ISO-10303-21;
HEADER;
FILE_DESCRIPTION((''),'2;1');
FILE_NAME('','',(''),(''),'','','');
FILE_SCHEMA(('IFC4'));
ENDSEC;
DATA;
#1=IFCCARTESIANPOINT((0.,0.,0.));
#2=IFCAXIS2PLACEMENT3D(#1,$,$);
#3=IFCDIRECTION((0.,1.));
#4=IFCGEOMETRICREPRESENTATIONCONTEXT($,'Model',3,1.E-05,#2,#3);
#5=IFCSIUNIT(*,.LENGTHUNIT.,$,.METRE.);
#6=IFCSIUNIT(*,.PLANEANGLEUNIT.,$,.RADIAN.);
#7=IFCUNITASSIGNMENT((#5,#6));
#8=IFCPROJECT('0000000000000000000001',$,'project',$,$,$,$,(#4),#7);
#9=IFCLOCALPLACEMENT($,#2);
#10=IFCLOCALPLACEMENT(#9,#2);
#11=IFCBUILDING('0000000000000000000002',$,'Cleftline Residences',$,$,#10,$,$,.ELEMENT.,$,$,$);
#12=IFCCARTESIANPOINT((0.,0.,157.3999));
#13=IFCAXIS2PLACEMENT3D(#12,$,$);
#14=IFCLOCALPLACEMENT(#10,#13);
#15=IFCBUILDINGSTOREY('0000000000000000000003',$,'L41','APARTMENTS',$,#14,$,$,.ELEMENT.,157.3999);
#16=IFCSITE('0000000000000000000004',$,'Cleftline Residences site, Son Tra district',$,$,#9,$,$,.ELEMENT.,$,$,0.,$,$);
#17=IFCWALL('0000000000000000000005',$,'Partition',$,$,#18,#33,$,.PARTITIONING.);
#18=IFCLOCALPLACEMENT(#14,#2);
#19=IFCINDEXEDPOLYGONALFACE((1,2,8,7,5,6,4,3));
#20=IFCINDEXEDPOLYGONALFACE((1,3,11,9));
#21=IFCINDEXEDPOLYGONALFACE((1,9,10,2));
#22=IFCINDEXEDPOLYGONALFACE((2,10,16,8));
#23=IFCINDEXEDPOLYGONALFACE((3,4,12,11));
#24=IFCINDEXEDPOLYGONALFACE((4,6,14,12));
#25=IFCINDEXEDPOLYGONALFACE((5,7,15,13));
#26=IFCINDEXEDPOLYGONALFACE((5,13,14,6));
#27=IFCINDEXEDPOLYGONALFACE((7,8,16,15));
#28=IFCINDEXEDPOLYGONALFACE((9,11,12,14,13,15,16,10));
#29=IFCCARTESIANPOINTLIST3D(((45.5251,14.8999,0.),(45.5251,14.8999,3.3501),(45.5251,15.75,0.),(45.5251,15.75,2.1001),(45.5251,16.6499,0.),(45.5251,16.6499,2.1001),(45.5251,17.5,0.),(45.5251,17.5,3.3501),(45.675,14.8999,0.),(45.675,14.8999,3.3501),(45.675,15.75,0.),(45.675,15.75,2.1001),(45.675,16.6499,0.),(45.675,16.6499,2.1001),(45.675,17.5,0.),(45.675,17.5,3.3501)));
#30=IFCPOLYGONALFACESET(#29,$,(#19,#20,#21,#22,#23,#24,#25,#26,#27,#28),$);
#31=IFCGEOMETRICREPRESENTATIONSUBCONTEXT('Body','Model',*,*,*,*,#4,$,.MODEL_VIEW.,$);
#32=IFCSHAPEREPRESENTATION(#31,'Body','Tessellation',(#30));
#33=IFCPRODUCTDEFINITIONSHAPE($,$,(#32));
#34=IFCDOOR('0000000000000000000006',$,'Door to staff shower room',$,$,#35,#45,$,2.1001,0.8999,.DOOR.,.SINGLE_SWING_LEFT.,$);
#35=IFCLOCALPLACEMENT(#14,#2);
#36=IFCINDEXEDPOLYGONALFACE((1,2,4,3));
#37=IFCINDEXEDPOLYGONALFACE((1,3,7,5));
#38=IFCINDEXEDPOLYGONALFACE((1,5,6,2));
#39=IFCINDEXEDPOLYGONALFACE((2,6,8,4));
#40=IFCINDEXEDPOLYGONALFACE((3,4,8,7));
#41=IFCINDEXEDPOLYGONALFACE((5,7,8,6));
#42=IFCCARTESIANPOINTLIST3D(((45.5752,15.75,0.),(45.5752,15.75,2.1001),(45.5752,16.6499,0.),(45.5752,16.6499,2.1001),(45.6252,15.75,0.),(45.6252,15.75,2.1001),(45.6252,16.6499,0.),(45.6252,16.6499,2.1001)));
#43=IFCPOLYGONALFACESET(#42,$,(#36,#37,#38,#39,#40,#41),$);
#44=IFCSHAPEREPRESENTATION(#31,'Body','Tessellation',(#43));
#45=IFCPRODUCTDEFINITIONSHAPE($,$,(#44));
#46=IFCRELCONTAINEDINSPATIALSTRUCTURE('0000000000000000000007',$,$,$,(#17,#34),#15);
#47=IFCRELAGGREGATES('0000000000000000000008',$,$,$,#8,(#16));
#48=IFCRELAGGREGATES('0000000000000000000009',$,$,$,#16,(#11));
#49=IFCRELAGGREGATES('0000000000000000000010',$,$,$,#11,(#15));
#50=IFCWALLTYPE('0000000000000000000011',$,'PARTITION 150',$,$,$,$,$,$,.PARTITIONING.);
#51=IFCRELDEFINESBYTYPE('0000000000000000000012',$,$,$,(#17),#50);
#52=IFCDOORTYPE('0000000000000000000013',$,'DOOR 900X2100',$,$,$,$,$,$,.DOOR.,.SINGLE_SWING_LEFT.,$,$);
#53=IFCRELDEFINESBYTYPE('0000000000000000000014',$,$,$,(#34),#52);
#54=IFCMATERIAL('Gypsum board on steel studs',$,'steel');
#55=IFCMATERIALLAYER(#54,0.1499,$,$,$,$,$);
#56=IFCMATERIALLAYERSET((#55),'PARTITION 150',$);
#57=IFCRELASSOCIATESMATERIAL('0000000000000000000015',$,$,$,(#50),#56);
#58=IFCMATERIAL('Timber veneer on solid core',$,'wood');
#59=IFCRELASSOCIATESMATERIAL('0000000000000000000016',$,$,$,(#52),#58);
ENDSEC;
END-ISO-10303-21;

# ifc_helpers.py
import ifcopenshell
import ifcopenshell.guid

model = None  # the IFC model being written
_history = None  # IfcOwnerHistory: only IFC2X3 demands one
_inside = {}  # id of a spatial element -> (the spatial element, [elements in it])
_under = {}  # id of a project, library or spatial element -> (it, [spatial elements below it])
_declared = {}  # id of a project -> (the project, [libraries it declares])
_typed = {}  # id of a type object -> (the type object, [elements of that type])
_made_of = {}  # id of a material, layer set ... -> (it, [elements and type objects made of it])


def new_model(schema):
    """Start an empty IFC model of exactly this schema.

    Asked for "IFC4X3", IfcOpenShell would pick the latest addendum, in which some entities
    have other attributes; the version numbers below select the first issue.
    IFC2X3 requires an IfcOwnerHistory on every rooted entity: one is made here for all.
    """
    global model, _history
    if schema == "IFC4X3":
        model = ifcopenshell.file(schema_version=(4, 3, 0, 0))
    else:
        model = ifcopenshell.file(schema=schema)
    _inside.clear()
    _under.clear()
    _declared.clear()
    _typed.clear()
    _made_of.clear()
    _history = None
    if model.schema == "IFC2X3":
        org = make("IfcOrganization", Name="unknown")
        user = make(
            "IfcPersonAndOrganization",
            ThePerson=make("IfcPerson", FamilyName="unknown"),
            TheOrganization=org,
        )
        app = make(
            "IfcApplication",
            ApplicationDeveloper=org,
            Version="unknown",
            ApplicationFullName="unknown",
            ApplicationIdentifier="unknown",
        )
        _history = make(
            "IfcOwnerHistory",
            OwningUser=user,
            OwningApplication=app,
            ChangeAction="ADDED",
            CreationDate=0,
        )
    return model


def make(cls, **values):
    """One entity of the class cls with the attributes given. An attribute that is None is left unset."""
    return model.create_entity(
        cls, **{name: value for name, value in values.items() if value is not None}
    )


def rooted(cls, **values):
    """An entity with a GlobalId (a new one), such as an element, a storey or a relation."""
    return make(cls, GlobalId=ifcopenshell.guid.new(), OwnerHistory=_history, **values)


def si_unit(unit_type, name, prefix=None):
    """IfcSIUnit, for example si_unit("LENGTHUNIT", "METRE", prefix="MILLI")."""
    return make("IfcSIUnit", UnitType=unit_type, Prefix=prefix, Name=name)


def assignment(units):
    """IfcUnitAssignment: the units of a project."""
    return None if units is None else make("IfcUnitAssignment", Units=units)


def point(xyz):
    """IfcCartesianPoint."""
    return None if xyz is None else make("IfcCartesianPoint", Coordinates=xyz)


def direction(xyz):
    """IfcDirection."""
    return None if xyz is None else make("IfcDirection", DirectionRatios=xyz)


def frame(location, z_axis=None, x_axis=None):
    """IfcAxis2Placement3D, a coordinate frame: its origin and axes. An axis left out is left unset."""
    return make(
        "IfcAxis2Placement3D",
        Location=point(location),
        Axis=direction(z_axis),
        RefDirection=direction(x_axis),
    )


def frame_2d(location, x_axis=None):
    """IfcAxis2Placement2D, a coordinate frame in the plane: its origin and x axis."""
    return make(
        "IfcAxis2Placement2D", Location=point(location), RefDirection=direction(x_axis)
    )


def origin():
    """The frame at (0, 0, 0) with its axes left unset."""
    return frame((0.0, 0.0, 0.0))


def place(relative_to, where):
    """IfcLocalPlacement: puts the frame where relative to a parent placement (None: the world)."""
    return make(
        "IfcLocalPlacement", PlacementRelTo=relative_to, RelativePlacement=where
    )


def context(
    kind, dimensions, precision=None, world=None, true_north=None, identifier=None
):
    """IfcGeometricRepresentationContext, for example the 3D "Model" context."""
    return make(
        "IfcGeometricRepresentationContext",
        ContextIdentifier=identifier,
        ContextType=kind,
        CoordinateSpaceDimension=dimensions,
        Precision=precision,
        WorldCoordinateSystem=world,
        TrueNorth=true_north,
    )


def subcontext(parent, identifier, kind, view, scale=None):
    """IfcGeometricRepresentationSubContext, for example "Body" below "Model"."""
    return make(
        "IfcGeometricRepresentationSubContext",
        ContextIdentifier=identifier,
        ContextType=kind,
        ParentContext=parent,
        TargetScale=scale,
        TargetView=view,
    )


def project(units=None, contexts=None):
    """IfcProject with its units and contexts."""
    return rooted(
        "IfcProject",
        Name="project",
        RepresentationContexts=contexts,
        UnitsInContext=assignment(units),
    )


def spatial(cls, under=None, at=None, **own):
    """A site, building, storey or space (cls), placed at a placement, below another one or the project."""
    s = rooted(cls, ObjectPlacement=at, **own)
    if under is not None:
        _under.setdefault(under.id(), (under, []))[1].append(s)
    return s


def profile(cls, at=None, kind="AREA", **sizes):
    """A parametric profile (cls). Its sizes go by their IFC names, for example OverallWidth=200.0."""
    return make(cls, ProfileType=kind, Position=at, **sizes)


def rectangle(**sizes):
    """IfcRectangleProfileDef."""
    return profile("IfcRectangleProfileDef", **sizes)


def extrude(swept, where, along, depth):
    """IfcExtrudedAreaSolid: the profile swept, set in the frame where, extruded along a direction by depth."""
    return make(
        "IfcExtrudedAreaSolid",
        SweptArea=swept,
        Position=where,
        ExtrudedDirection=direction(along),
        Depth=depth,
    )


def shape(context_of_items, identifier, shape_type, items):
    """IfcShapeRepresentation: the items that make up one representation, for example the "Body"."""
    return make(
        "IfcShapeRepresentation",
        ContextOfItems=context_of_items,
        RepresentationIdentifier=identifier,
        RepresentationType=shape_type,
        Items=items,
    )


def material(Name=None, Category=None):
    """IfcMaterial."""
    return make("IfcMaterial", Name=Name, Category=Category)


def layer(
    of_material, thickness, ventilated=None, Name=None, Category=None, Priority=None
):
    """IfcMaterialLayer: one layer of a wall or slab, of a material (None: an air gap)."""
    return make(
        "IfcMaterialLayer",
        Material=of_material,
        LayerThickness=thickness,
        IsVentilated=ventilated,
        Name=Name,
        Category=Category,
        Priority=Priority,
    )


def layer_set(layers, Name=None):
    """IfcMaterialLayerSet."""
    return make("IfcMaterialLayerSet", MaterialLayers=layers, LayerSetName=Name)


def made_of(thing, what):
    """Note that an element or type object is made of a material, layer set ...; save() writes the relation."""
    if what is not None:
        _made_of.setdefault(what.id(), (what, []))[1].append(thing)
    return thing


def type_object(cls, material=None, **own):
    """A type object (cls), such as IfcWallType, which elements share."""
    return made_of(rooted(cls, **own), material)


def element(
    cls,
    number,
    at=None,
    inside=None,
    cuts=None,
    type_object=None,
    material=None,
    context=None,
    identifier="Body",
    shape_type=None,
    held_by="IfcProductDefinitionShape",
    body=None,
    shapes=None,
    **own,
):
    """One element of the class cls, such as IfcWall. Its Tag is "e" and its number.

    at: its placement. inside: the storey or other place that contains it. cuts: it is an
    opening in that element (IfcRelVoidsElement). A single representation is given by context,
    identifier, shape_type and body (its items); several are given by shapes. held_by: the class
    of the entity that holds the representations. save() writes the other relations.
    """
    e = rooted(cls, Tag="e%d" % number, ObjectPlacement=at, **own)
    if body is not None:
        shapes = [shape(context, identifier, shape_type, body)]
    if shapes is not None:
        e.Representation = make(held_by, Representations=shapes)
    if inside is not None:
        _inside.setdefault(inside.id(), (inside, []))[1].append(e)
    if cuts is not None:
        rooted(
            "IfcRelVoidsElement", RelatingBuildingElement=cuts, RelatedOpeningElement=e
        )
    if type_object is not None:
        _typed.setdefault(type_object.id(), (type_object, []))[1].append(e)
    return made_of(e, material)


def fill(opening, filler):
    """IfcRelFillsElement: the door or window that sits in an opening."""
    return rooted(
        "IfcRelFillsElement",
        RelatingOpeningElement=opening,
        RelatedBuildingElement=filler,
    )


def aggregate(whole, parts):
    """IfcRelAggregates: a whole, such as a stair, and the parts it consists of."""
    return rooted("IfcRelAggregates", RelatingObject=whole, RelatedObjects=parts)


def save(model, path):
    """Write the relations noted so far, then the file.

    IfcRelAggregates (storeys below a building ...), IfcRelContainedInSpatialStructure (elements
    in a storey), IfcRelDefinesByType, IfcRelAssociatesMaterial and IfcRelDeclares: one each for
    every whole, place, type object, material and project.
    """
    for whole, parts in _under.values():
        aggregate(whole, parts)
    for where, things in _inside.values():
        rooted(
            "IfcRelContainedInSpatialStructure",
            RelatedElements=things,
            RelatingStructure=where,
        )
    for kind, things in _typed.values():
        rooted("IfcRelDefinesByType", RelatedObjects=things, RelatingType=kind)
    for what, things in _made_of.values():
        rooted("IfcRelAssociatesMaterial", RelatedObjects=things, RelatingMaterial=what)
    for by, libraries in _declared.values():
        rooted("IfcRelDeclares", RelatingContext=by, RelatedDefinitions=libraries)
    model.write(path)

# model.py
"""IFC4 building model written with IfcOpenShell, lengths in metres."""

from ifc_helpers import new_model, si_unit, direction, frame, frame_2d, origin, place, context, subcontext, project, spatial, rectangle, extrude, material, layer, layer_set, type_object, element, fill, save


model = new_model("IFC4")

# Units and contexts
model_context = context("Model", 3, precision=1e-05, world=origin(), true_north=direction((0.0, 1.0)))
body_context = subcontext(model_context, "Body", "Model", "MODEL_VIEW")
ifc_project = project(units=[si_unit("LENGTHUNIT", "METRE"), si_unit("PLANEANGLEUNIT", "RADIAN")], contexts=[model_context])

# Site, building, storey
site_placement = place(None, origin())
site = spatial("IfcSite", under=ifc_project, at=site_placement, Name="Cleftline Residences site, Son Tra district", CompositionType="ELEMENT", RefElevation=0.0)
building_placement = place(site_placement, origin())
building = spatial("IfcBuilding", under=site, at=building_placement, Name="Cleftline Residences", CompositionType="ELEMENT")
storey_placement = place(building_placement, frame((0.0, 0.0, 157.3999)))
storey = spatial("IfcBuildingStorey", under=building, at=storey_placement, Name="L41", Description="APARTMENTS", CompositionType="ELEMENT", Elevation=157.3999)

# Shared definitions
ifc_material_1 = material(Name="Gypsum board on steel studs", Category="steel")
ifc_layer_1 = layer(ifc_material_1, 0.1499)
ifc_layer_set_1 = layer_set([ifc_layer_1], Name="PARTITION 150")
wall_type_1 = type_object("IfcWallType", Name="PARTITION 150", PredefinedType="PARTITIONING", material=ifc_layer_set_1)

# Wall, opening, door
wall_1_placement = place(storey_placement, frame((45.6001, 14.8999, 0.0), z_axis=(0.0, 0.0, 1.0), x_axis=(0.0, 1.0, 0.0)))
wall_1 = element("IfcWall", 1, at=wall_1_placement, inside=storey, type_object=wall_type_1, Name="Partition", PredefinedType="PARTITIONING", context=body_context, shape_type="SweptSolid", body=[
    extrude(rectangle(XDim=2.6001, YDim=0.1499, at=frame_2d((1.3, 0.0))), origin(), (0.0, 0.0, 1.0), 3.3501),
])
opening_1_placement = place(wall_1_placement, frame((0.8501, 0.0, 0.0)))
opening_1 = element("IfcOpeningElement", 2, at=opening_1_placement, cuts=wall_1, PredefinedType="OPENING", context=body_context, shape_type="SweptSolid", body=[
    extrude(rectangle(XDim=0.8999, YDim=2.1001, at=frame_2d((0.45, 1.05))), frame((0.0, 0.085, 0.0), z_axis=(0.0, -1.0, 0.0), x_axis=(1.0, 0.0, 0.0)), (0.0, 0.0, 1.0), 0.1699),
])
ifc_material_2 = material(Name="Timber veneer on solid core", Category="wood")
door_type_1 = type_object("IfcDoorType", Name="DOOR 900X2100", OperationType="SINGLE_SWING_LEFT", PredefinedType="DOOR", material=ifc_material_2)
door_1_placement = place(opening_1_placement, origin())
door_1 = element("IfcDoor", 3, at=door_1_placement, inside=storey, type_object=door_type_1, Name="Door to staff shower room", OperationType="SINGLE_SWING_LEFT", OverallHeight=2.1001, OverallWidth=0.8999, PredefinedType="DOOR", context=body_context, shape_type="SweptSolid", body=[
    extrude(rectangle(XDim=0.8999, YDim=2.1001, at=frame_2d((0.45, 1.05))), frame((0.0, 0.0249, 0.0), z_axis=(0.0, -1.0, 0.0), x_axis=(1.0, 0.0, 0.0)), (0.0, 0.0, 1.0), 0.05),
])
fill(opening_1, door_1)

save(model, "model.ifc")
